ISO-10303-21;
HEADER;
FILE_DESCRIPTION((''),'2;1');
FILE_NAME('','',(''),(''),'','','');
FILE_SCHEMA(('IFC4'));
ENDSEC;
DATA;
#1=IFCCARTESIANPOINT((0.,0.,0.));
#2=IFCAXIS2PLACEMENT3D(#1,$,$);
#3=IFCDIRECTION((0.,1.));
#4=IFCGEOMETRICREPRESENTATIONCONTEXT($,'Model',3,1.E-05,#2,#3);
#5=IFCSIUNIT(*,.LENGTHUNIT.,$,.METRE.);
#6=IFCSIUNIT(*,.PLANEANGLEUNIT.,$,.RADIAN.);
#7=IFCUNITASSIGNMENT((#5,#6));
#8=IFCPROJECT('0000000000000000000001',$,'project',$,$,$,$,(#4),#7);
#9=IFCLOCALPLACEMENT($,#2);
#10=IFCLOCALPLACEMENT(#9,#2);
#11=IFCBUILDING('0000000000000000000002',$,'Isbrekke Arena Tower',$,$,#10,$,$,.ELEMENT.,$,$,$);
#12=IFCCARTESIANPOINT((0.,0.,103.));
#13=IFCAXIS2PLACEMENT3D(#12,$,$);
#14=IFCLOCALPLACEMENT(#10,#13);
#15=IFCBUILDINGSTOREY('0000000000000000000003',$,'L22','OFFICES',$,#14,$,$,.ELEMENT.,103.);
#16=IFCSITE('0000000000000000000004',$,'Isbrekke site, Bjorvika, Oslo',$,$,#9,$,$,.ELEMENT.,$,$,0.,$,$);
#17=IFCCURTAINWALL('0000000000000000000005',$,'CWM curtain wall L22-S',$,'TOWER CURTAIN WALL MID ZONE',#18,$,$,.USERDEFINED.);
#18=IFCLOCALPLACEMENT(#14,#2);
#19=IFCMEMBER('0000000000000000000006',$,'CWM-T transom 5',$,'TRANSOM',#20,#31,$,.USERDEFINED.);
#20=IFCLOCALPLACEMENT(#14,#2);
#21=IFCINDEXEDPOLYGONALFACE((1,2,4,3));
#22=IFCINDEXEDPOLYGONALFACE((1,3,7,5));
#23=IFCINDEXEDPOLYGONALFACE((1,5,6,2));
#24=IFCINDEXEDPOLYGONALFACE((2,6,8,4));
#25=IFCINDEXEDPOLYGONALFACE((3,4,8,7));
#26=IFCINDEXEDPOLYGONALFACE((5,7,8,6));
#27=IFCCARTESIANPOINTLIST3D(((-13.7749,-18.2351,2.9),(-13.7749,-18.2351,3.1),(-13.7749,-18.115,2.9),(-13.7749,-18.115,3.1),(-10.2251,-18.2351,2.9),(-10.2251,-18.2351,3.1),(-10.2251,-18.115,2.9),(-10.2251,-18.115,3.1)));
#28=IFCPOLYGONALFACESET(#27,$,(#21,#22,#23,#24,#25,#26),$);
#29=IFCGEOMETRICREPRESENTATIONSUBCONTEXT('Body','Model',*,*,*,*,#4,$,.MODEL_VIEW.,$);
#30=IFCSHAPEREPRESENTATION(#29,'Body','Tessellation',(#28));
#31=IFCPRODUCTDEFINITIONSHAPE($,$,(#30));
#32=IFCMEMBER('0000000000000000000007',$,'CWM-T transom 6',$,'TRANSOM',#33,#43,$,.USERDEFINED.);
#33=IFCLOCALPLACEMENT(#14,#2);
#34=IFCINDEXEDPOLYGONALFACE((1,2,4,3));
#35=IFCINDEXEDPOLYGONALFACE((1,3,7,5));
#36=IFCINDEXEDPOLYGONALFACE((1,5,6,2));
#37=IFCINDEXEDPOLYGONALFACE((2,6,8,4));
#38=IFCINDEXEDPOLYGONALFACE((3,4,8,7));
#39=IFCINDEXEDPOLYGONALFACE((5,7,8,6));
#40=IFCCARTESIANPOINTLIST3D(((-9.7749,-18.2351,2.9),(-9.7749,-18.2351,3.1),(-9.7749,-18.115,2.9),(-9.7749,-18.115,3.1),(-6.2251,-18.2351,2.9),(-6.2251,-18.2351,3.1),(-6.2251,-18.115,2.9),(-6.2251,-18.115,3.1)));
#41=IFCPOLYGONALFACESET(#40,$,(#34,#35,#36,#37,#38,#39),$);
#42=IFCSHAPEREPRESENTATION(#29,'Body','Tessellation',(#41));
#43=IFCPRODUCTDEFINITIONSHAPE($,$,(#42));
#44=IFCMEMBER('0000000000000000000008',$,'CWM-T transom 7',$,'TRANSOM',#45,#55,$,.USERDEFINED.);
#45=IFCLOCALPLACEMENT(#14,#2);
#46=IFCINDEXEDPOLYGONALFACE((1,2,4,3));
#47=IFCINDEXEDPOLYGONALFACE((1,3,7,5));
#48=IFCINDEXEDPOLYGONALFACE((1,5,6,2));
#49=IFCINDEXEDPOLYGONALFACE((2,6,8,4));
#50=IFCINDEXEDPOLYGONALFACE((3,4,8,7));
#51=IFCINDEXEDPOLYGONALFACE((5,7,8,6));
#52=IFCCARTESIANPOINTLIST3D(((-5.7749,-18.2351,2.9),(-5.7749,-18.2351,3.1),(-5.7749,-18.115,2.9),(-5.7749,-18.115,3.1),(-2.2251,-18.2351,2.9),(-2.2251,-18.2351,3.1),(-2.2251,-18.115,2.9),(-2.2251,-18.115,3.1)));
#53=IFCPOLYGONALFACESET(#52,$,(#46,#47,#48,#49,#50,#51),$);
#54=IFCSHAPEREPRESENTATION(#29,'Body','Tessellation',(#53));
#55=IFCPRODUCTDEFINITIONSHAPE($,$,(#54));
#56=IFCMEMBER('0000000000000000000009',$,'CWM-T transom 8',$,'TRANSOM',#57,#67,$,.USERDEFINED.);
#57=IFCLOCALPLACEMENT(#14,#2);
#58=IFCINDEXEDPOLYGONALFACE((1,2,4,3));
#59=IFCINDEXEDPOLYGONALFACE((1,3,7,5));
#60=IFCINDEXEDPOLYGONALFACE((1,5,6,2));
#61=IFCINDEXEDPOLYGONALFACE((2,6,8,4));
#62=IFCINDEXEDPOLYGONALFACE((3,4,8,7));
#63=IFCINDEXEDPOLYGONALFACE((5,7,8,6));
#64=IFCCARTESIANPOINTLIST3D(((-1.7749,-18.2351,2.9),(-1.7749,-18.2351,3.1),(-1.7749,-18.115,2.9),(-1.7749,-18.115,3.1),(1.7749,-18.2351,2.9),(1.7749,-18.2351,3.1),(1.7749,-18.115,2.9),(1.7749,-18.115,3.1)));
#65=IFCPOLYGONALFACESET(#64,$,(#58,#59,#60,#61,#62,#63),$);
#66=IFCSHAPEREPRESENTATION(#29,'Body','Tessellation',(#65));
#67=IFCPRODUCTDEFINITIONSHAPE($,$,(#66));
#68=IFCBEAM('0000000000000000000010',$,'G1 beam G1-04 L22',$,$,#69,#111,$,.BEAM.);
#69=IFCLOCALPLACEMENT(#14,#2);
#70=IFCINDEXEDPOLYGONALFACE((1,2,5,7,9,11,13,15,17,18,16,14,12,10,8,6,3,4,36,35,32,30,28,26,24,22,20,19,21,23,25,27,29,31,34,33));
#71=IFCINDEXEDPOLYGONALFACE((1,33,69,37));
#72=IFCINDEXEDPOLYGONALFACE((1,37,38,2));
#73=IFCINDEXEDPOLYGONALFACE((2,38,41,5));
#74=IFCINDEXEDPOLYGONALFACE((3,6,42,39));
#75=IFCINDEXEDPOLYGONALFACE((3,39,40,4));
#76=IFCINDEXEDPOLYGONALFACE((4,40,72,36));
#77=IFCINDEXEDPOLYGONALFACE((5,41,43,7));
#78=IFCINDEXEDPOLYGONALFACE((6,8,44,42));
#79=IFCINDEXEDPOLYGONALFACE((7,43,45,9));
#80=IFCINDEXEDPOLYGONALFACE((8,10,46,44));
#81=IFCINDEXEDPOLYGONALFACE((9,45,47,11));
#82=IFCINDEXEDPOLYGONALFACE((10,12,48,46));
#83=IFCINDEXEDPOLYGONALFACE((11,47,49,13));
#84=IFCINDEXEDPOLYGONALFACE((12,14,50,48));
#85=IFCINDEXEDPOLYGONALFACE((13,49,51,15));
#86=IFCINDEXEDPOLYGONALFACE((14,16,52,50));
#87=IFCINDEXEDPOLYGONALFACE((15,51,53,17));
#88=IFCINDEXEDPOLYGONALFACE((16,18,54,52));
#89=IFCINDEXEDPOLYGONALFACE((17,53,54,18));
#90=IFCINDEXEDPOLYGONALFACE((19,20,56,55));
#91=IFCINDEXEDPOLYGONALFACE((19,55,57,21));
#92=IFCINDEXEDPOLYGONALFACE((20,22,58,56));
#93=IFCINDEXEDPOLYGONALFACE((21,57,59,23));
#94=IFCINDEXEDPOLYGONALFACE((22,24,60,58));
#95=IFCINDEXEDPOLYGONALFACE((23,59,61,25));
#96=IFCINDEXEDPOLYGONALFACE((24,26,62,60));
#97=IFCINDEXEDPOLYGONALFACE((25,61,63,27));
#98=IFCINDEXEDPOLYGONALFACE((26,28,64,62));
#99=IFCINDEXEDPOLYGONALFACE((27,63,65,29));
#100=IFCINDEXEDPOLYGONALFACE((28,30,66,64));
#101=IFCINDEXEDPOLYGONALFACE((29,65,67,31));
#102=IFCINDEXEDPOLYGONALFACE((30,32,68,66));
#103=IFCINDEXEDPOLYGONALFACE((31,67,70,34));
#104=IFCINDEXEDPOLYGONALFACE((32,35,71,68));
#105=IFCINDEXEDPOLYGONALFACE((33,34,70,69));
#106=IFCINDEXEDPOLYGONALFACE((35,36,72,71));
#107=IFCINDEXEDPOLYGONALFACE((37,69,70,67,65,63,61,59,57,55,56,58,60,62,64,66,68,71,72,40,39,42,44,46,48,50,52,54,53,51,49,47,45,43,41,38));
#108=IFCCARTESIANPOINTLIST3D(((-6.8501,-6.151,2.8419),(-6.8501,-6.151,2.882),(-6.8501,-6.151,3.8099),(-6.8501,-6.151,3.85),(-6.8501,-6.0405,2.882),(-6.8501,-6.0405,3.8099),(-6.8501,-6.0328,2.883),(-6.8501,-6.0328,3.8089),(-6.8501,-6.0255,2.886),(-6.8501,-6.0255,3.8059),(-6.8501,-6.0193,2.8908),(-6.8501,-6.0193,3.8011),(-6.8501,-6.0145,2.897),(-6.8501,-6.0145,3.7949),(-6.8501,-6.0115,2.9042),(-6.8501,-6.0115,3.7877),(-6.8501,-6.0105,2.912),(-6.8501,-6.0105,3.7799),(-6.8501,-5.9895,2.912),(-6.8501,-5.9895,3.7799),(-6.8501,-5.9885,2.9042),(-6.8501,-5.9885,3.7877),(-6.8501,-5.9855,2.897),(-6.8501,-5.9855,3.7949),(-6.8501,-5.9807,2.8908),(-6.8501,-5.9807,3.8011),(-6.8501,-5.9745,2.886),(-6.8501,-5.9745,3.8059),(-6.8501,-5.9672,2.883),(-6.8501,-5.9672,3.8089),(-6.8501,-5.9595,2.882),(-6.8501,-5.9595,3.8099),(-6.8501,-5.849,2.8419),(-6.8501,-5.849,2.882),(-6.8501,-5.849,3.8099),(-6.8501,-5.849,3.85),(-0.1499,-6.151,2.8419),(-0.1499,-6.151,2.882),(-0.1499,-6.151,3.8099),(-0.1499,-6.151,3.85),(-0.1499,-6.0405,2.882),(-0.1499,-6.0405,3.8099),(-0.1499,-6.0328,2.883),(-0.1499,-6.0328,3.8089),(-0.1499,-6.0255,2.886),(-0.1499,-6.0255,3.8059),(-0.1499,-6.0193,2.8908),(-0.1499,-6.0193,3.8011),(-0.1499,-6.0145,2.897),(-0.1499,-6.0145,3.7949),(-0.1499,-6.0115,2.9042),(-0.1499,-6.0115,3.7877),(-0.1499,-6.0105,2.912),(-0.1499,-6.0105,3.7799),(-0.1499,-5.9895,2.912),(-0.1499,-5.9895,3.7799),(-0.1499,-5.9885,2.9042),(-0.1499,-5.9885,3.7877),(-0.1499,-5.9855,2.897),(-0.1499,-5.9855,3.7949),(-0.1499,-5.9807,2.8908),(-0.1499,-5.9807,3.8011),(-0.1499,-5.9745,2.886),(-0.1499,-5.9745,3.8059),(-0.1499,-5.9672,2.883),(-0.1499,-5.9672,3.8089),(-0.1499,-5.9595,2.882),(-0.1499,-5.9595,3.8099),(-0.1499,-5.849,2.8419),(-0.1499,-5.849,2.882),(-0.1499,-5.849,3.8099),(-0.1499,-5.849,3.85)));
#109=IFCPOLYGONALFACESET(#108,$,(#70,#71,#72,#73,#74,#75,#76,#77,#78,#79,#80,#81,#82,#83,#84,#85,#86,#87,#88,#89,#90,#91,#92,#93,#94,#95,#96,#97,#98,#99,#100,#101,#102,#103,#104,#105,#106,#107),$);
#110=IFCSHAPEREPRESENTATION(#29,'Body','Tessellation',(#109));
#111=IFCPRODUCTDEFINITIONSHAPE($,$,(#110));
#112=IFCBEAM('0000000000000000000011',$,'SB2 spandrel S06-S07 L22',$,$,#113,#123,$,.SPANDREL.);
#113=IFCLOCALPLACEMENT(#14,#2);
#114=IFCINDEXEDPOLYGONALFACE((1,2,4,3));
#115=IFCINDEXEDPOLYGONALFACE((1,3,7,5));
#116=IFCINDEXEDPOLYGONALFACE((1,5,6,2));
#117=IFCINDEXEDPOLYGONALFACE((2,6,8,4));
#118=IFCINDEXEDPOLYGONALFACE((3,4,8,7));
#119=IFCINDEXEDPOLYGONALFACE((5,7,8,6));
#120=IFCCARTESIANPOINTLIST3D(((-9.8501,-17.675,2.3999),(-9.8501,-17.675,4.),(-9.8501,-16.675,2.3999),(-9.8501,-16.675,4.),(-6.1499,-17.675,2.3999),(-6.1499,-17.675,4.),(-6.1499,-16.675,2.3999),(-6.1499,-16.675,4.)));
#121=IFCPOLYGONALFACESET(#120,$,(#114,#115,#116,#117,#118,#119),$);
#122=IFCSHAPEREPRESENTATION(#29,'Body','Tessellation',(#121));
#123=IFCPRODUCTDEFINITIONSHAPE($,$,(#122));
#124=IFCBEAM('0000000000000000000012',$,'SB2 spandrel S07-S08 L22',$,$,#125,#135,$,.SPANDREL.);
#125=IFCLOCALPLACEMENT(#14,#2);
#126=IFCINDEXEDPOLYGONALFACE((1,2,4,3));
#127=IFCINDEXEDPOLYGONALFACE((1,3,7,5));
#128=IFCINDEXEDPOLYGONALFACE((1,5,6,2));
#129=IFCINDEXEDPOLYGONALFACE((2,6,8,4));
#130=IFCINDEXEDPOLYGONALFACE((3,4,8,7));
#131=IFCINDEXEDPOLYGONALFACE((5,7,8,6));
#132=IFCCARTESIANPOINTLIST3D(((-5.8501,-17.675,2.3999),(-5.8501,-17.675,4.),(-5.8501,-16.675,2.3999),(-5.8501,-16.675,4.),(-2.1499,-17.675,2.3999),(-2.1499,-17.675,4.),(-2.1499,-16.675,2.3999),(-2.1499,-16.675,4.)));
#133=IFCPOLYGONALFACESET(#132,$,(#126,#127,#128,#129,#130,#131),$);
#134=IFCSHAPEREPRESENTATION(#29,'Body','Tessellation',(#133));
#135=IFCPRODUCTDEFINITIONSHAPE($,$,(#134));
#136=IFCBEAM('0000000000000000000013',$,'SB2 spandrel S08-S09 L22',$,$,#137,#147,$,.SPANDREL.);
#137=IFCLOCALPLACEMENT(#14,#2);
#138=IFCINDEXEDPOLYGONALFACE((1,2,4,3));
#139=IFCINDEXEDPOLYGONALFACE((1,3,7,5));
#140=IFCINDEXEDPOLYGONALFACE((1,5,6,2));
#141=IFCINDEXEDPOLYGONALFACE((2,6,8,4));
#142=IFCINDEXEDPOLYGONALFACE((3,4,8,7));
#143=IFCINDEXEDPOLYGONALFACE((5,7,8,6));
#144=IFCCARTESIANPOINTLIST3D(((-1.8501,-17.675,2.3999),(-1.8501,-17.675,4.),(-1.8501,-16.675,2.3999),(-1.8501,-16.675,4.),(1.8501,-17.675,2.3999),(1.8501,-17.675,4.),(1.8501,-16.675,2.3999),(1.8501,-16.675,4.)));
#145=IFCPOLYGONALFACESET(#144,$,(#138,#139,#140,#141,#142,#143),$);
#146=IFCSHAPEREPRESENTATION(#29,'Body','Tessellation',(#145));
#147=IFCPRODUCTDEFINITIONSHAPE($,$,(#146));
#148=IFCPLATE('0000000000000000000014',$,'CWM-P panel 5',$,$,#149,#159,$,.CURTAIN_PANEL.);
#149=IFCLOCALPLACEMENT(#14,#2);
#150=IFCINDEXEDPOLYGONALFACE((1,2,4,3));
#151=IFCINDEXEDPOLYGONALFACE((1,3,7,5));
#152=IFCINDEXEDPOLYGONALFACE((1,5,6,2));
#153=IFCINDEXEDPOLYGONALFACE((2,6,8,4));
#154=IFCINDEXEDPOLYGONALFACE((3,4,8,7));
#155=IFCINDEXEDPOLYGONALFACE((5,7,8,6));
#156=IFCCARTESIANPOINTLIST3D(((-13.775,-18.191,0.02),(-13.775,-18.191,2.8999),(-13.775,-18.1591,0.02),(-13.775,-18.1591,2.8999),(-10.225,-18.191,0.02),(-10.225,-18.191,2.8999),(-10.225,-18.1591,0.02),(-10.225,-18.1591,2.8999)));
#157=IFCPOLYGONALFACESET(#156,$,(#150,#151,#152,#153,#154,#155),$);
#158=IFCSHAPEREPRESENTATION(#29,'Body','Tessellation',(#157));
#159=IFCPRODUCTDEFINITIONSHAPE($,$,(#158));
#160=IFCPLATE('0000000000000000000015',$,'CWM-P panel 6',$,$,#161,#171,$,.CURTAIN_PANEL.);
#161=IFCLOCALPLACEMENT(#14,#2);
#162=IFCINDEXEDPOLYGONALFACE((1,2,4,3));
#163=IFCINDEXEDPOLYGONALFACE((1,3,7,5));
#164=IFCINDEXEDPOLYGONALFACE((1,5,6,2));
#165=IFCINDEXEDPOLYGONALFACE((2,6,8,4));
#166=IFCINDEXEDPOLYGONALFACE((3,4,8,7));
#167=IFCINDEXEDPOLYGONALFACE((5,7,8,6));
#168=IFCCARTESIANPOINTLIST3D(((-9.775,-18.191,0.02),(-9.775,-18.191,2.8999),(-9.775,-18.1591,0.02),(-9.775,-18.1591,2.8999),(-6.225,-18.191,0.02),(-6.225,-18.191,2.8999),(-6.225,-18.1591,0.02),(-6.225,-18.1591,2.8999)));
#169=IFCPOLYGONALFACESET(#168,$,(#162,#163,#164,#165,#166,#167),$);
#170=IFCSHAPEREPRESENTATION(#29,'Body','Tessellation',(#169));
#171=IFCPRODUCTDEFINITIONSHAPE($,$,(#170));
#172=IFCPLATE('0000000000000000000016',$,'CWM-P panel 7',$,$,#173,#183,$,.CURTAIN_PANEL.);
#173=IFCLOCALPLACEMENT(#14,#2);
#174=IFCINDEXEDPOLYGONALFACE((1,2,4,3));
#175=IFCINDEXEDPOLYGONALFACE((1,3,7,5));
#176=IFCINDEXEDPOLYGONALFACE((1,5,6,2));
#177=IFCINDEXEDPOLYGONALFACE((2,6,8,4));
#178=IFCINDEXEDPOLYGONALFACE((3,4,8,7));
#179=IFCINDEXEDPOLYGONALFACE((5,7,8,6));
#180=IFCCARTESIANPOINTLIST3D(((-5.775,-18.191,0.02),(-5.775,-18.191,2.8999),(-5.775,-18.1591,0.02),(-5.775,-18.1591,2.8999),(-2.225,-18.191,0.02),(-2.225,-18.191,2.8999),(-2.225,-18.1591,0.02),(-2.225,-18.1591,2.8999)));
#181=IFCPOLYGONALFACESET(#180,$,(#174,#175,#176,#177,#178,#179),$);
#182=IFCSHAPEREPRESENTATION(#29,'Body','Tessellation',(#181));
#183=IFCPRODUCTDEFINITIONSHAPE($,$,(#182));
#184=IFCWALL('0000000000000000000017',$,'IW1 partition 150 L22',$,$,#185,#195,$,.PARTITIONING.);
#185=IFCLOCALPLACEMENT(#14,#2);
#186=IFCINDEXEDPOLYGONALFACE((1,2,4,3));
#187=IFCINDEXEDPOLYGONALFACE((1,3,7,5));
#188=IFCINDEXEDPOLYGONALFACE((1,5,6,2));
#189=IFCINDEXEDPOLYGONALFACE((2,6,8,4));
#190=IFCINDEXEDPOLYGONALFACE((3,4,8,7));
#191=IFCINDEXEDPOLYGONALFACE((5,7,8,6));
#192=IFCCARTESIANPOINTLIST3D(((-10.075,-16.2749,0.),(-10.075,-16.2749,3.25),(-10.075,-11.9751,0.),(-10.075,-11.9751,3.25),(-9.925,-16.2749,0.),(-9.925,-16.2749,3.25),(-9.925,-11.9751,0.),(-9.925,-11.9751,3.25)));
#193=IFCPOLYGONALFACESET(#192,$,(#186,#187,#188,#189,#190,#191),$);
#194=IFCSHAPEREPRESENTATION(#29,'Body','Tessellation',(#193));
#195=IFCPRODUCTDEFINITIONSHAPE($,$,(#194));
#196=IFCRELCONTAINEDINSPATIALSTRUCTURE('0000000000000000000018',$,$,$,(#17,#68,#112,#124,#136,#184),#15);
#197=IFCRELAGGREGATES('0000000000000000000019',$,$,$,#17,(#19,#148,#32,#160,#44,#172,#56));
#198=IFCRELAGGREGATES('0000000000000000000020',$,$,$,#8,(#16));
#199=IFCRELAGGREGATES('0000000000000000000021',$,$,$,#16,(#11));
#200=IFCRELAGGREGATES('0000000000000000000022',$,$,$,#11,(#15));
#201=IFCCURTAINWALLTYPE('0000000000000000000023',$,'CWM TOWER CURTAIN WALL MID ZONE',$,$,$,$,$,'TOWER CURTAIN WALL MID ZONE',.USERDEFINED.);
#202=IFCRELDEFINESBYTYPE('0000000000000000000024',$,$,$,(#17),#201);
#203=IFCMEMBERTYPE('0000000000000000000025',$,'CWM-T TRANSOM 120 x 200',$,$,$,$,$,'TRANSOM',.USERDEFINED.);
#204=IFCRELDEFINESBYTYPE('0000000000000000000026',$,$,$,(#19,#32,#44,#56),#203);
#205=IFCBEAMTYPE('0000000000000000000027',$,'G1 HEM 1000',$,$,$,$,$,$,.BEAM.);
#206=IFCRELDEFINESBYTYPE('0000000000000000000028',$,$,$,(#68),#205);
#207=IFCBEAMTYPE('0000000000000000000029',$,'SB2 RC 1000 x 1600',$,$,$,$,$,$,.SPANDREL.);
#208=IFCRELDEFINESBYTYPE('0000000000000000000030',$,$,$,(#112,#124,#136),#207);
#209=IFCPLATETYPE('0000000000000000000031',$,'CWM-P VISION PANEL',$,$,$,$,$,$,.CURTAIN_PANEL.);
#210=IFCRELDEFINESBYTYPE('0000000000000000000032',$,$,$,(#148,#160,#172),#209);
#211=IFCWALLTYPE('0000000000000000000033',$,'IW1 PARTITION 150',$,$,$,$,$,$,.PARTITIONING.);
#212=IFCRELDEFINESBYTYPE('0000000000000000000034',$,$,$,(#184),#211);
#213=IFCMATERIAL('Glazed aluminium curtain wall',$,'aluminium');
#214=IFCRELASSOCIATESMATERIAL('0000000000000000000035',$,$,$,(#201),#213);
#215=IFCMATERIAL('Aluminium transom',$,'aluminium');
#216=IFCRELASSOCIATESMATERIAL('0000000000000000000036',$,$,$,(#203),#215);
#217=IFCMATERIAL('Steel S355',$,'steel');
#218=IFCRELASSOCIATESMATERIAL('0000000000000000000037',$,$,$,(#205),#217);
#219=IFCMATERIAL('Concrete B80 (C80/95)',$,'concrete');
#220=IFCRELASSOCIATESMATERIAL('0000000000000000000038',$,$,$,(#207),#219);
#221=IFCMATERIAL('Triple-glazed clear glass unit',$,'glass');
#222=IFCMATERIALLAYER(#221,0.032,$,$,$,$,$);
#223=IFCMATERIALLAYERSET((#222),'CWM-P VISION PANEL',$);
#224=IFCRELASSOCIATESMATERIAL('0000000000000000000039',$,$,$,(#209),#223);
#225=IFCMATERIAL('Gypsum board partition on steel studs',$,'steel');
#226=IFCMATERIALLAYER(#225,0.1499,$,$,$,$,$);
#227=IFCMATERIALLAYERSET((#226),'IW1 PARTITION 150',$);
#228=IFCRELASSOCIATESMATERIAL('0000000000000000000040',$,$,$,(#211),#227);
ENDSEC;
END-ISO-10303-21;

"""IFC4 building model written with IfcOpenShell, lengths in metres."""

from ifc_helpers import new_model, si_unit, direction, frame, frame_2d, origin, origin_2d, place, context, subcontext, project, spatial, rectangle, i_section, extrude, material, layer, layer_set, material_profile, profile_set, type_object, element, aggregate, save


model = new_model("IFC4")

# Units and contexts
model_context = context("Model", 3, precision=1e-05, world=origin(), true_north=direction((0.0, 1.0)))
body_context = subcontext(model_context, "Body", "Model", "MODEL_VIEW")
ifc_project = project(units=[si_unit("LENGTHUNIT", "METRE"), si_unit("PLANEANGLEUNIT", "RADIAN")], contexts=[model_context])

# Site, building, storey
site_placement = place(None, origin())
site = spatial("IfcSite", under=ifc_project, at=site_placement, Name="Isbrekke site, Bjorvika, Oslo", CompositionType="ELEMENT", RefElevation=0.0)
building_placement = place(site_placement, origin())
building = spatial("IfcBuilding", under=site, at=building_placement, Name="Isbrekke Arena Tower", CompositionType="ELEMENT")
storey_placement = place(building_placement, frame((0.0, 0.0, 103.0)))
storey = spatial("IfcBuildingStorey", under=building, at=storey_placement, Name="L22", Description="OFFICES", CompositionType="ELEMENT", Elevation=103.0)

# Curtain wall, members
ifc_material_1 = material(Name="Glazed aluminium curtain wall", Category="aluminium")
curtain_wall_type = type_object("IfcCurtainWallType", Name="CWM TOWER CURTAIN WALL MID ZONE", ElementType="TOWER CURTAIN WALL MID ZONE", PredefinedType="USERDEFINED", material=ifc_material_1)
curtain_wall_placement = place(storey_placement, origin())
curtain_wall = element("IfcCurtainWall", 1, at=curtain_wall_placement, inside=storey, type_object=curtain_wall_type, Name="CWM curtain wall L22-S", ObjectType="TOWER CURTAIN WALL MID ZONE", PredefinedType="USERDEFINED")
ifc_material_2 = material(Name="Aluminium transom", Category="aluminium")
ifc_material_profile_1 = material_profile(ifc_material_2, rectangle(XDim=0.1201, YDim=0.2, at=origin_2d()), Name="TRANSOM 120X200")
ifc_profile_set_1 = profile_set([ifc_material_profile_1], Name="Aluminium transom")
member_type_1 = type_object("IfcMemberType", Name="CWM-T TRANSOM 120 x 200", ElementType="TRANSOM", PredefinedType="USERDEFINED", material=ifc_profile_set_1)
member_1_placement = place(storey_placement, frame((-13.7749, -18.175, 3.0), z_axis=(1.0, 0.0, 0.0), x_axis=(0.0, 1.0, 0.0)))
member_1 = element("IfcMember", 2, at=member_1_placement, type_object=member_type_1, Name="CWM-T transom 5", ObjectType="TRANSOM", PredefinedType="USERDEFINED", context=body_context, shape_type="SweptSolid", body=[
    extrude(rectangle(XDim=0.1201, YDim=0.2, at=origin_2d()), origin(), (0.0, 0.0, 1.0), 3.5498),
])
member_2_placement = place(storey_placement, frame((-9.7749, -18.175, 3.0), z_axis=(1.0, 0.0, 0.0), x_axis=(0.0, 1.0, 0.0)))
member_2 = element("IfcMember", 3, at=member_2_placement, type_object=member_type_1, Name="CWM-T transom 6", ObjectType="TRANSOM", PredefinedType="USERDEFINED", context=body_context, shape_type="SweptSolid", body=[
    extrude(rectangle(XDim=0.1201, YDim=0.2, at=origin_2d()), origin(), (0.0, 0.0, 1.0), 3.5498),
])
member_3_placement = place(storey_placement, frame((-5.7749, -18.175, 3.0), z_axis=(1.0, 0.0, 0.0), x_axis=(0.0, 1.0, 0.0)))
member_3 = element("IfcMember", 4, at=member_3_placement, type_object=member_type_1, Name="CWM-T transom 7", ObjectType="TRANSOM", PredefinedType="USERDEFINED", context=body_context, shape_type="SweptSolid", body=[
    extrude(rectangle(XDim=0.1201, YDim=0.2, at=origin_2d()), origin(), (0.0, 0.0, 1.0), 3.5498),
])
member_4_placement = place(storey_placement, frame((-1.7749, -18.175, 3.0), z_axis=(1.0, 0.0, 0.0), x_axis=(0.0, 1.0, 0.0)))
member_4 = element("IfcMember", 5, at=member_4_placement, type_object=member_type_1, Name="CWM-T transom 8", ObjectType="TRANSOM", PredefinedType="USERDEFINED", context=body_context, shape_type="SweptSolid", body=[
    extrude(rectangle(XDim=0.1201, YDim=0.2, at=origin_2d()), origin(), (0.0, 0.0, 1.0), 3.5498),
])

# Beams
ifc_material_3 = material(Name="Steel S355", Category="steel")
ifc_material_profile_2 = material_profile(ifc_material_3, i_section(OverallWidth=0.302, OverallDepth=1.0081, WebThickness=0.021, FlangeThickness=0.04, FilletRadius=0.03, at=origin_2d()), Name="HEM 1000")
ifc_profile_set_2 = profile_set([ifc_material_profile_2], Name="Steel S355")
beam_type_1 = type_object("IfcBeamType", Name="G1 HEM 1000", PredefinedType="BEAM", material=ifc_profile_set_2)
beam_1_placement = place(storey_placement, frame((-6.8501, -6.0, 3.3459), z_axis=(1.0, 0.0, 0.0), x_axis=(0.0, 1.0, 0.0)))
element("IfcBeam", 6, at=beam_1_placement, inside=storey, type_object=beam_type_1, Name="G1 beam G1-04 L22", PredefinedType="BEAM", context=body_context, shape_type="SweptSolid", body=[
    extrude(i_section(OverallWidth=0.302, OverallDepth=1.0081, WebThickness=0.021, FlangeThickness=0.04, FilletRadius=0.03, at=origin_2d()), origin(), (0.0, 0.0, 1.0), 6.7002),
])
ifc_material_4 = material(Name="Concrete B80 (C80/95)", Category="concrete")
ifc_material_profile_3 = material_profile(ifc_material_4, rectangle(XDim=1.0, YDim=1.6001, at=origin_2d()), Name="RC 1000x1600")
ifc_profile_set_3 = profile_set([ifc_material_profile_3], Name="Concrete B80 (C80/95)")
beam_type_2 = type_object("IfcBeamType", Name="SB2 RC 1000 x 1600", PredefinedType="SPANDREL", material=ifc_profile_set_3)
for number, where, z_axis, x_axis, name in (
    (7, (-9.8501, -17.175, 3.2), (1.0, 0.0, 0.0), (0.0, 1.0, 0.0), "SB2 spandrel S06-S07 L22"),
    (8, (-5.8501, -17.175, 3.2), (1.0, 0.0, 0.0), (0.0, 1.0, 0.0), "SB2 spandrel S07-S08 L22"),
    (9, (-1.8501, -17.175, 3.2), (1.0, 0.0, 0.0), (0.0, 1.0, 0.0), "SB2 spandrel S08-S09 L22"),
):
    element("IfcBeam", number, at=place(storey_placement, frame(where, z_axis=z_axis, x_axis=x_axis)), inside=storey, type_object=beam_type_2, Name=name, PredefinedType="SPANDREL", context=body_context, shape_type="SweptSolid", body=[
        extrude(rectangle(XDim=1.0, YDim=1.6001, at=origin_2d()), origin(), (0.0, 0.0, 1.0), 3.7002),
    ])

# Plates
ifc_material_5 = material(Name="Triple-glazed clear glass unit", Category="glass")
ifc_layer_1 = layer(ifc_material_5, 0.032)
ifc_layer_set_1 = layer_set([ifc_layer_1], Name="CWM-P VISION PANEL")
plate_type = type_object("IfcPlateType", Name="CWM-P VISION PANEL", PredefinedType="CURTAIN_PANEL", material=ifc_layer_set_1)
plate_1_placement = place(storey_placement, frame((-12.0, -18.175, 0.02), z_axis=(0.0, 0.0, 1.0), x_axis=(1.0, 0.0, 0.0)))
plate_1 = element("IfcPlate", 10, at=plate_1_placement, type_object=plate_type, Name="CWM-P panel 5", PredefinedType="CURTAIN_PANEL", context=body_context, shape_type="SweptSolid", body=[
    extrude(rectangle(XDim=3.55, YDim=0.032, at=origin_2d()), origin(), (0.0, 0.0, 1.0), 2.8799),
])
plate_2_placement = place(storey_placement, frame((-8.0, -18.175, 0.02), z_axis=(0.0, 0.0, 1.0), x_axis=(1.0, 0.0, 0.0)))
plate_2 = element("IfcPlate", 11, at=plate_2_placement, type_object=plate_type, Name="CWM-P panel 6", PredefinedType="CURTAIN_PANEL", context=body_context, shape_type="SweptSolid", body=[
    extrude(rectangle(XDim=3.55, YDim=0.032, at=origin_2d()), origin(), (0.0, 0.0, 1.0), 2.8799),
])
plate_3_placement = place(storey_placement, frame((-4.0, -18.175, 0.02), z_axis=(0.0, 0.0, 1.0), x_axis=(1.0, 0.0, 0.0)))
plate_3 = element("IfcPlate", 12, at=plate_3_placement, type_object=plate_type, Name="CWM-P panel 7", PredefinedType="CURTAIN_PANEL", context=body_context, shape_type="SweptSolid", body=[
    extrude(rectangle(XDim=3.55, YDim=0.032, at=origin_2d()), origin(), (0.0, 0.0, 1.0), 2.8799),
])
aggregate(curtain_wall, [member_1, plate_1, member_2, plate_2, member_3, plate_3, member_4])

# Wall
ifc_material_6 = material(Name="Gypsum board partition on steel studs", Category="steel")
ifc_layer_2 = layer(ifc_material_6, 0.1499)
ifc_layer_set_2 = layer_set([ifc_layer_2], Name="IW1 PARTITION 150")
wall_type_1 = type_object("IfcWallType", Name="IW1 PARTITION 150", PredefinedType="PARTITIONING", material=ifc_layer_set_2)
wall_1_placement = place(storey_placement, frame((-10.0, -16.2749, 0.0), z_axis=(0.0, 0.0, 1.0), x_axis=(0.0, 1.0, 0.0)))
element("IfcWall", 13, at=wall_1_placement, inside=storey, type_object=wall_type_1, Name="IW1 partition 150 L22", PredefinedType="PARTITIONING", context=body_context, shape_type="SweptSolid", body=[
    extrude(rectangle(XDim=4.2998, YDim=0.1499, at=frame_2d((2.1499, 0.0))), origin(), (0.0, 0.0, 1.0), 3.25),
])

save(model, "model.ifc")
